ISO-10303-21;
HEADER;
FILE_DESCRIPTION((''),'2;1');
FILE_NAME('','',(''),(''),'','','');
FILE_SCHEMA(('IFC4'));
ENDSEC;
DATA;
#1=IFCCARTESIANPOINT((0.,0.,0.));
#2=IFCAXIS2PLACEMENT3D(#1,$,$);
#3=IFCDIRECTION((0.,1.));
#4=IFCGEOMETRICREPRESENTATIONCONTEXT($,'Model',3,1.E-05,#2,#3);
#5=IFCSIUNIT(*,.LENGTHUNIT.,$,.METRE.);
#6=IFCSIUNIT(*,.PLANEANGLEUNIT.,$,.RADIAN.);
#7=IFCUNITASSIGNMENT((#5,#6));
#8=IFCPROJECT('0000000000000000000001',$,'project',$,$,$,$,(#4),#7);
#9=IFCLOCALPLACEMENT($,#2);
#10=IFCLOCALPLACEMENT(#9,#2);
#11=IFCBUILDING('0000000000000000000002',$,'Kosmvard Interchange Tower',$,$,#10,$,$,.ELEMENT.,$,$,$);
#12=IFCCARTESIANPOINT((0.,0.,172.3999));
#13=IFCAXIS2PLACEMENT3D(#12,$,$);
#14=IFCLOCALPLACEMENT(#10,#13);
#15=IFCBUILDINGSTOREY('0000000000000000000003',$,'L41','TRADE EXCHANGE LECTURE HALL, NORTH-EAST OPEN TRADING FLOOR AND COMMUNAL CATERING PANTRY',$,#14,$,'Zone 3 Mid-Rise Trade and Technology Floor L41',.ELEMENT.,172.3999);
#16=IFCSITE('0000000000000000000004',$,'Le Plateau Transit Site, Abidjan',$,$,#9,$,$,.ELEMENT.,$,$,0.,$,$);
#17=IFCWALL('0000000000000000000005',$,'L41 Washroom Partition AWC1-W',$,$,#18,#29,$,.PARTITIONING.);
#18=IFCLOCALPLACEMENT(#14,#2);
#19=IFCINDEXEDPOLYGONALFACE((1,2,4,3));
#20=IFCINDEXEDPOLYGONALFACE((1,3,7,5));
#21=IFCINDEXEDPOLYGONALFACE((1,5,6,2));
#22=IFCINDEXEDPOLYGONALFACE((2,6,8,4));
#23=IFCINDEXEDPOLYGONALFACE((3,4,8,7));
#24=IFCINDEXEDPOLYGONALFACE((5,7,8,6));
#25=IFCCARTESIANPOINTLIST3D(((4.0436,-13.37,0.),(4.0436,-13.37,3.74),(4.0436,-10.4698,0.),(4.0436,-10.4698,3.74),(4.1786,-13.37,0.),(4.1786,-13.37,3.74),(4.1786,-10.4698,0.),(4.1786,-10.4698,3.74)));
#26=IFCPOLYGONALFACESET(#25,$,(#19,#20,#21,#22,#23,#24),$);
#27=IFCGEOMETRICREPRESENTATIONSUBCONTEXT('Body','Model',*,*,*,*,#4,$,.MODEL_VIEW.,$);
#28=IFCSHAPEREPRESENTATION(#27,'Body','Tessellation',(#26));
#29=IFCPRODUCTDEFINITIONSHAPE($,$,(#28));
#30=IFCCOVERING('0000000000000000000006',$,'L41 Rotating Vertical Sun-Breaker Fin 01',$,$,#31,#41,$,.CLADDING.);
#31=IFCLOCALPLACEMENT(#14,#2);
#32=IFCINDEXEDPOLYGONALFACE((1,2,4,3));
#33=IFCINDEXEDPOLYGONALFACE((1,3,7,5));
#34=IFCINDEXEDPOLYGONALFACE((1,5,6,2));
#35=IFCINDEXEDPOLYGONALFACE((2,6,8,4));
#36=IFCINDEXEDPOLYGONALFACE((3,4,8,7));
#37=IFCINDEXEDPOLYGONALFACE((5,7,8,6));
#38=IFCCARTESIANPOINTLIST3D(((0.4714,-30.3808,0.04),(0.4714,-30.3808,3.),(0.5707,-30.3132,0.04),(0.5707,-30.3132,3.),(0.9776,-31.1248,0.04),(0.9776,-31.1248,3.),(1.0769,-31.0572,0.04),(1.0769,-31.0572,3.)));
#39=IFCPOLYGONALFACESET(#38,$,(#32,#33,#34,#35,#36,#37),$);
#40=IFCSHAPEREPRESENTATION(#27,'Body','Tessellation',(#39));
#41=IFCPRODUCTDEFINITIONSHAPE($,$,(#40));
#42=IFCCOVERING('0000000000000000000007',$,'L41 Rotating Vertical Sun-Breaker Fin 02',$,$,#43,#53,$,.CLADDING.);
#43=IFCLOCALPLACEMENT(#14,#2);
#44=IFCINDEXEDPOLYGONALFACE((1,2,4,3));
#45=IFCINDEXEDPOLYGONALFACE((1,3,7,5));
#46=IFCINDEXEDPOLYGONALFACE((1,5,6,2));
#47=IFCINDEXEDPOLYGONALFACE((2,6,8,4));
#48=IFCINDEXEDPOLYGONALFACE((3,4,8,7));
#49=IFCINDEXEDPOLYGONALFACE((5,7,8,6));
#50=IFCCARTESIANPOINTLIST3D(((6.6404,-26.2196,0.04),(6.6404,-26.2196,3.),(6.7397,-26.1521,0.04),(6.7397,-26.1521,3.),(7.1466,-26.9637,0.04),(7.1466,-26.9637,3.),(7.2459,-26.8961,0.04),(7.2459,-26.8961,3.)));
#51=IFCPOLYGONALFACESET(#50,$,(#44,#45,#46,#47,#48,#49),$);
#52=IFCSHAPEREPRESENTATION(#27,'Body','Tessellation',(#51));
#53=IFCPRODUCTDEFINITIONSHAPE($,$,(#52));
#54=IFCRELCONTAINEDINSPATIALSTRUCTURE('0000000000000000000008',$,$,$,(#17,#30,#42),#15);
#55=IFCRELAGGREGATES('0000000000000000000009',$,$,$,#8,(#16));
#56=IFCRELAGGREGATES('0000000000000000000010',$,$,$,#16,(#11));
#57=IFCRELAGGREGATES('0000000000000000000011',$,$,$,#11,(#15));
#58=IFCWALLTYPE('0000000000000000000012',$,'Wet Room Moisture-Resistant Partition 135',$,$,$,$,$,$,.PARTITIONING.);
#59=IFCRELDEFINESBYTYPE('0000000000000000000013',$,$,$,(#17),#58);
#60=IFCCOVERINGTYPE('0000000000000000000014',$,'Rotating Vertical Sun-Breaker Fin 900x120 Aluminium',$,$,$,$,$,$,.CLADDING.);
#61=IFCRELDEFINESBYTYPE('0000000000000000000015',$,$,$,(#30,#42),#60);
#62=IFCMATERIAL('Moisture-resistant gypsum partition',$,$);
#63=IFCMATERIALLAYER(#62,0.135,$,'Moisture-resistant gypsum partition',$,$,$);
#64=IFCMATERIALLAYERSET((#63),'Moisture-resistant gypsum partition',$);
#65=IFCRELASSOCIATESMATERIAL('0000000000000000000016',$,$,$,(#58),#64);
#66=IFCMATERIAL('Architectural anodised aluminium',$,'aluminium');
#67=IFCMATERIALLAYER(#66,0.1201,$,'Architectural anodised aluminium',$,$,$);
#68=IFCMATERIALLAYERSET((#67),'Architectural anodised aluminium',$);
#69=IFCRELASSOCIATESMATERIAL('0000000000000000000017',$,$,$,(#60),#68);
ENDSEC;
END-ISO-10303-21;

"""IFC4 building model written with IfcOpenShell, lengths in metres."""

from ifc_helpers import new_model, si_unit, direction, frame, frame_2d, origin, origin_2d, place, context, subcontext, project, spatial, rectangle, extrude, source, transform, mapped, material, layer, layer_set, type_object, element, save


model = new_model("IFC4")

# Units and contexts
model_context = context("Model", 3, precision=1e-05, world=origin(), true_north=direction((0.0, 1.0)))
body_context = subcontext(model_context, "Body", "Model", "MODEL_VIEW")
ifc_project = project(units=[si_unit("LENGTHUNIT", "METRE"), si_unit("PLANEANGLEUNIT", "RADIAN")], contexts=[model_context])

# Site, building, storey
site_placement = place(None, origin())
site = spatial("IfcSite", under=ifc_project, at=site_placement, Name="Le Plateau Transit Site, Abidjan", CompositionType="ELEMENT", RefElevation=0.0)
building_placement = place(site_placement, origin())
building = spatial("IfcBuilding", under=site, at=building_placement, Name="Kosmvard Interchange Tower", CompositionType="ELEMENT")
storey_placement = place(building_placement, frame((0.0, 0.0, 172.3999)))
storey = spatial("IfcBuildingStorey", under=building, at=storey_placement, Name="L41", Description="TRADE EXCHANGE LECTURE HALL, NORTH-EAST OPEN TRADING FLOOR AND COMMUNAL CATERING PANTRY", LongName="Zone 3 Mid-Rise Trade and Technology Floor L41", CompositionType="ELEMENT", Elevation=172.3999)

# Wall
ifc_material_1 = material(Name="Moisture-resistant gypsum partition")
ifc_layer_1 = layer(ifc_material_1, 0.135, Name="Moisture-resistant gypsum partition")
ifc_layer_set_1 = layer_set([ifc_layer_1], Name="Moisture-resistant gypsum partition")
wall_type_1 = type_object("IfcWallType", Name="Wet Room Moisture-Resistant Partition 135", PredefinedType="PARTITIONING", material=ifc_layer_set_1)
for number, where, z_axis, x_axis, name in (
    (1, (4.1111, -13.3701, 0.0), (0.0, 0.0, 1.0), (0.0, 1.0, 0.0), "L41 Washroom Partition AWC1-W"),
):
    element("IfcWall", number, at=place(storey_placement, frame(where, z_axis=z_axis, x_axis=x_axis)), inside=storey, type_object=wall_type_1, Name=name, PredefinedType="PARTITIONING", context=body_context, shape_type="SweptSolid", body=[
        extrude(rectangle(XDim=2.9001, YDim=0.135, at=frame_2d((1.4502, 0.0))), origin(), (0.0, 0.0, 1.0), 3.74),
    ])

# Coverings
ifc_material_2 = material(Name="Architectural anodised aluminium", Category="aluminium")
ifc_layer_2 = layer(ifc_material_2, 0.1201, Name="Architectural anodised aluminium")
ifc_layer_set_2 = layer_set([ifc_layer_2], Name="Architectural anodised aluminium")
covering_type = type_object("IfcCoveringType", Name="Rotating Vertical Sun-Breaker Fin 900x120 Aluminium", PredefinedType="CLADDING", material=ifc_layer_set_2)
shared_shape_1 = source(origin(), body_context, "Body", "SweptSolid", [
    extrude(rectangle(XDim=0.8999, YDim=0.1201, at=origin_2d()), origin(), (0.0, 0.0, 1.0), 2.96),
])
for number, where, z_axis, x_axis, name in (
    (2, (0.7742, -30.719, 0.04), (0.0, 0.0, 1.0), (0.562516, -0.826786, 0.0), "L41 Rotating Vertical Sun-Breaker Fin 01"),
    (3, (6.9431, -26.5579, 0.04), (0.0, 0.0, 1.0), (0.562516, -0.826786, 0.0), "L41 Rotating Vertical Sun-Breaker Fin 02"),
):
    element("IfcCovering", number, at=place(storey_placement, frame(where, z_axis=z_axis, x_axis=x_axis)), inside=storey, type_object=covering_type, Name=name, PredefinedType="CLADDING", context=body_context, shape_type="MappedRepresentation", body=[
        mapped(shared_shape_1, transform((0.0, 0.0, 0.0), scale=1.0)),
    ])

save(model, "model.ifc")
